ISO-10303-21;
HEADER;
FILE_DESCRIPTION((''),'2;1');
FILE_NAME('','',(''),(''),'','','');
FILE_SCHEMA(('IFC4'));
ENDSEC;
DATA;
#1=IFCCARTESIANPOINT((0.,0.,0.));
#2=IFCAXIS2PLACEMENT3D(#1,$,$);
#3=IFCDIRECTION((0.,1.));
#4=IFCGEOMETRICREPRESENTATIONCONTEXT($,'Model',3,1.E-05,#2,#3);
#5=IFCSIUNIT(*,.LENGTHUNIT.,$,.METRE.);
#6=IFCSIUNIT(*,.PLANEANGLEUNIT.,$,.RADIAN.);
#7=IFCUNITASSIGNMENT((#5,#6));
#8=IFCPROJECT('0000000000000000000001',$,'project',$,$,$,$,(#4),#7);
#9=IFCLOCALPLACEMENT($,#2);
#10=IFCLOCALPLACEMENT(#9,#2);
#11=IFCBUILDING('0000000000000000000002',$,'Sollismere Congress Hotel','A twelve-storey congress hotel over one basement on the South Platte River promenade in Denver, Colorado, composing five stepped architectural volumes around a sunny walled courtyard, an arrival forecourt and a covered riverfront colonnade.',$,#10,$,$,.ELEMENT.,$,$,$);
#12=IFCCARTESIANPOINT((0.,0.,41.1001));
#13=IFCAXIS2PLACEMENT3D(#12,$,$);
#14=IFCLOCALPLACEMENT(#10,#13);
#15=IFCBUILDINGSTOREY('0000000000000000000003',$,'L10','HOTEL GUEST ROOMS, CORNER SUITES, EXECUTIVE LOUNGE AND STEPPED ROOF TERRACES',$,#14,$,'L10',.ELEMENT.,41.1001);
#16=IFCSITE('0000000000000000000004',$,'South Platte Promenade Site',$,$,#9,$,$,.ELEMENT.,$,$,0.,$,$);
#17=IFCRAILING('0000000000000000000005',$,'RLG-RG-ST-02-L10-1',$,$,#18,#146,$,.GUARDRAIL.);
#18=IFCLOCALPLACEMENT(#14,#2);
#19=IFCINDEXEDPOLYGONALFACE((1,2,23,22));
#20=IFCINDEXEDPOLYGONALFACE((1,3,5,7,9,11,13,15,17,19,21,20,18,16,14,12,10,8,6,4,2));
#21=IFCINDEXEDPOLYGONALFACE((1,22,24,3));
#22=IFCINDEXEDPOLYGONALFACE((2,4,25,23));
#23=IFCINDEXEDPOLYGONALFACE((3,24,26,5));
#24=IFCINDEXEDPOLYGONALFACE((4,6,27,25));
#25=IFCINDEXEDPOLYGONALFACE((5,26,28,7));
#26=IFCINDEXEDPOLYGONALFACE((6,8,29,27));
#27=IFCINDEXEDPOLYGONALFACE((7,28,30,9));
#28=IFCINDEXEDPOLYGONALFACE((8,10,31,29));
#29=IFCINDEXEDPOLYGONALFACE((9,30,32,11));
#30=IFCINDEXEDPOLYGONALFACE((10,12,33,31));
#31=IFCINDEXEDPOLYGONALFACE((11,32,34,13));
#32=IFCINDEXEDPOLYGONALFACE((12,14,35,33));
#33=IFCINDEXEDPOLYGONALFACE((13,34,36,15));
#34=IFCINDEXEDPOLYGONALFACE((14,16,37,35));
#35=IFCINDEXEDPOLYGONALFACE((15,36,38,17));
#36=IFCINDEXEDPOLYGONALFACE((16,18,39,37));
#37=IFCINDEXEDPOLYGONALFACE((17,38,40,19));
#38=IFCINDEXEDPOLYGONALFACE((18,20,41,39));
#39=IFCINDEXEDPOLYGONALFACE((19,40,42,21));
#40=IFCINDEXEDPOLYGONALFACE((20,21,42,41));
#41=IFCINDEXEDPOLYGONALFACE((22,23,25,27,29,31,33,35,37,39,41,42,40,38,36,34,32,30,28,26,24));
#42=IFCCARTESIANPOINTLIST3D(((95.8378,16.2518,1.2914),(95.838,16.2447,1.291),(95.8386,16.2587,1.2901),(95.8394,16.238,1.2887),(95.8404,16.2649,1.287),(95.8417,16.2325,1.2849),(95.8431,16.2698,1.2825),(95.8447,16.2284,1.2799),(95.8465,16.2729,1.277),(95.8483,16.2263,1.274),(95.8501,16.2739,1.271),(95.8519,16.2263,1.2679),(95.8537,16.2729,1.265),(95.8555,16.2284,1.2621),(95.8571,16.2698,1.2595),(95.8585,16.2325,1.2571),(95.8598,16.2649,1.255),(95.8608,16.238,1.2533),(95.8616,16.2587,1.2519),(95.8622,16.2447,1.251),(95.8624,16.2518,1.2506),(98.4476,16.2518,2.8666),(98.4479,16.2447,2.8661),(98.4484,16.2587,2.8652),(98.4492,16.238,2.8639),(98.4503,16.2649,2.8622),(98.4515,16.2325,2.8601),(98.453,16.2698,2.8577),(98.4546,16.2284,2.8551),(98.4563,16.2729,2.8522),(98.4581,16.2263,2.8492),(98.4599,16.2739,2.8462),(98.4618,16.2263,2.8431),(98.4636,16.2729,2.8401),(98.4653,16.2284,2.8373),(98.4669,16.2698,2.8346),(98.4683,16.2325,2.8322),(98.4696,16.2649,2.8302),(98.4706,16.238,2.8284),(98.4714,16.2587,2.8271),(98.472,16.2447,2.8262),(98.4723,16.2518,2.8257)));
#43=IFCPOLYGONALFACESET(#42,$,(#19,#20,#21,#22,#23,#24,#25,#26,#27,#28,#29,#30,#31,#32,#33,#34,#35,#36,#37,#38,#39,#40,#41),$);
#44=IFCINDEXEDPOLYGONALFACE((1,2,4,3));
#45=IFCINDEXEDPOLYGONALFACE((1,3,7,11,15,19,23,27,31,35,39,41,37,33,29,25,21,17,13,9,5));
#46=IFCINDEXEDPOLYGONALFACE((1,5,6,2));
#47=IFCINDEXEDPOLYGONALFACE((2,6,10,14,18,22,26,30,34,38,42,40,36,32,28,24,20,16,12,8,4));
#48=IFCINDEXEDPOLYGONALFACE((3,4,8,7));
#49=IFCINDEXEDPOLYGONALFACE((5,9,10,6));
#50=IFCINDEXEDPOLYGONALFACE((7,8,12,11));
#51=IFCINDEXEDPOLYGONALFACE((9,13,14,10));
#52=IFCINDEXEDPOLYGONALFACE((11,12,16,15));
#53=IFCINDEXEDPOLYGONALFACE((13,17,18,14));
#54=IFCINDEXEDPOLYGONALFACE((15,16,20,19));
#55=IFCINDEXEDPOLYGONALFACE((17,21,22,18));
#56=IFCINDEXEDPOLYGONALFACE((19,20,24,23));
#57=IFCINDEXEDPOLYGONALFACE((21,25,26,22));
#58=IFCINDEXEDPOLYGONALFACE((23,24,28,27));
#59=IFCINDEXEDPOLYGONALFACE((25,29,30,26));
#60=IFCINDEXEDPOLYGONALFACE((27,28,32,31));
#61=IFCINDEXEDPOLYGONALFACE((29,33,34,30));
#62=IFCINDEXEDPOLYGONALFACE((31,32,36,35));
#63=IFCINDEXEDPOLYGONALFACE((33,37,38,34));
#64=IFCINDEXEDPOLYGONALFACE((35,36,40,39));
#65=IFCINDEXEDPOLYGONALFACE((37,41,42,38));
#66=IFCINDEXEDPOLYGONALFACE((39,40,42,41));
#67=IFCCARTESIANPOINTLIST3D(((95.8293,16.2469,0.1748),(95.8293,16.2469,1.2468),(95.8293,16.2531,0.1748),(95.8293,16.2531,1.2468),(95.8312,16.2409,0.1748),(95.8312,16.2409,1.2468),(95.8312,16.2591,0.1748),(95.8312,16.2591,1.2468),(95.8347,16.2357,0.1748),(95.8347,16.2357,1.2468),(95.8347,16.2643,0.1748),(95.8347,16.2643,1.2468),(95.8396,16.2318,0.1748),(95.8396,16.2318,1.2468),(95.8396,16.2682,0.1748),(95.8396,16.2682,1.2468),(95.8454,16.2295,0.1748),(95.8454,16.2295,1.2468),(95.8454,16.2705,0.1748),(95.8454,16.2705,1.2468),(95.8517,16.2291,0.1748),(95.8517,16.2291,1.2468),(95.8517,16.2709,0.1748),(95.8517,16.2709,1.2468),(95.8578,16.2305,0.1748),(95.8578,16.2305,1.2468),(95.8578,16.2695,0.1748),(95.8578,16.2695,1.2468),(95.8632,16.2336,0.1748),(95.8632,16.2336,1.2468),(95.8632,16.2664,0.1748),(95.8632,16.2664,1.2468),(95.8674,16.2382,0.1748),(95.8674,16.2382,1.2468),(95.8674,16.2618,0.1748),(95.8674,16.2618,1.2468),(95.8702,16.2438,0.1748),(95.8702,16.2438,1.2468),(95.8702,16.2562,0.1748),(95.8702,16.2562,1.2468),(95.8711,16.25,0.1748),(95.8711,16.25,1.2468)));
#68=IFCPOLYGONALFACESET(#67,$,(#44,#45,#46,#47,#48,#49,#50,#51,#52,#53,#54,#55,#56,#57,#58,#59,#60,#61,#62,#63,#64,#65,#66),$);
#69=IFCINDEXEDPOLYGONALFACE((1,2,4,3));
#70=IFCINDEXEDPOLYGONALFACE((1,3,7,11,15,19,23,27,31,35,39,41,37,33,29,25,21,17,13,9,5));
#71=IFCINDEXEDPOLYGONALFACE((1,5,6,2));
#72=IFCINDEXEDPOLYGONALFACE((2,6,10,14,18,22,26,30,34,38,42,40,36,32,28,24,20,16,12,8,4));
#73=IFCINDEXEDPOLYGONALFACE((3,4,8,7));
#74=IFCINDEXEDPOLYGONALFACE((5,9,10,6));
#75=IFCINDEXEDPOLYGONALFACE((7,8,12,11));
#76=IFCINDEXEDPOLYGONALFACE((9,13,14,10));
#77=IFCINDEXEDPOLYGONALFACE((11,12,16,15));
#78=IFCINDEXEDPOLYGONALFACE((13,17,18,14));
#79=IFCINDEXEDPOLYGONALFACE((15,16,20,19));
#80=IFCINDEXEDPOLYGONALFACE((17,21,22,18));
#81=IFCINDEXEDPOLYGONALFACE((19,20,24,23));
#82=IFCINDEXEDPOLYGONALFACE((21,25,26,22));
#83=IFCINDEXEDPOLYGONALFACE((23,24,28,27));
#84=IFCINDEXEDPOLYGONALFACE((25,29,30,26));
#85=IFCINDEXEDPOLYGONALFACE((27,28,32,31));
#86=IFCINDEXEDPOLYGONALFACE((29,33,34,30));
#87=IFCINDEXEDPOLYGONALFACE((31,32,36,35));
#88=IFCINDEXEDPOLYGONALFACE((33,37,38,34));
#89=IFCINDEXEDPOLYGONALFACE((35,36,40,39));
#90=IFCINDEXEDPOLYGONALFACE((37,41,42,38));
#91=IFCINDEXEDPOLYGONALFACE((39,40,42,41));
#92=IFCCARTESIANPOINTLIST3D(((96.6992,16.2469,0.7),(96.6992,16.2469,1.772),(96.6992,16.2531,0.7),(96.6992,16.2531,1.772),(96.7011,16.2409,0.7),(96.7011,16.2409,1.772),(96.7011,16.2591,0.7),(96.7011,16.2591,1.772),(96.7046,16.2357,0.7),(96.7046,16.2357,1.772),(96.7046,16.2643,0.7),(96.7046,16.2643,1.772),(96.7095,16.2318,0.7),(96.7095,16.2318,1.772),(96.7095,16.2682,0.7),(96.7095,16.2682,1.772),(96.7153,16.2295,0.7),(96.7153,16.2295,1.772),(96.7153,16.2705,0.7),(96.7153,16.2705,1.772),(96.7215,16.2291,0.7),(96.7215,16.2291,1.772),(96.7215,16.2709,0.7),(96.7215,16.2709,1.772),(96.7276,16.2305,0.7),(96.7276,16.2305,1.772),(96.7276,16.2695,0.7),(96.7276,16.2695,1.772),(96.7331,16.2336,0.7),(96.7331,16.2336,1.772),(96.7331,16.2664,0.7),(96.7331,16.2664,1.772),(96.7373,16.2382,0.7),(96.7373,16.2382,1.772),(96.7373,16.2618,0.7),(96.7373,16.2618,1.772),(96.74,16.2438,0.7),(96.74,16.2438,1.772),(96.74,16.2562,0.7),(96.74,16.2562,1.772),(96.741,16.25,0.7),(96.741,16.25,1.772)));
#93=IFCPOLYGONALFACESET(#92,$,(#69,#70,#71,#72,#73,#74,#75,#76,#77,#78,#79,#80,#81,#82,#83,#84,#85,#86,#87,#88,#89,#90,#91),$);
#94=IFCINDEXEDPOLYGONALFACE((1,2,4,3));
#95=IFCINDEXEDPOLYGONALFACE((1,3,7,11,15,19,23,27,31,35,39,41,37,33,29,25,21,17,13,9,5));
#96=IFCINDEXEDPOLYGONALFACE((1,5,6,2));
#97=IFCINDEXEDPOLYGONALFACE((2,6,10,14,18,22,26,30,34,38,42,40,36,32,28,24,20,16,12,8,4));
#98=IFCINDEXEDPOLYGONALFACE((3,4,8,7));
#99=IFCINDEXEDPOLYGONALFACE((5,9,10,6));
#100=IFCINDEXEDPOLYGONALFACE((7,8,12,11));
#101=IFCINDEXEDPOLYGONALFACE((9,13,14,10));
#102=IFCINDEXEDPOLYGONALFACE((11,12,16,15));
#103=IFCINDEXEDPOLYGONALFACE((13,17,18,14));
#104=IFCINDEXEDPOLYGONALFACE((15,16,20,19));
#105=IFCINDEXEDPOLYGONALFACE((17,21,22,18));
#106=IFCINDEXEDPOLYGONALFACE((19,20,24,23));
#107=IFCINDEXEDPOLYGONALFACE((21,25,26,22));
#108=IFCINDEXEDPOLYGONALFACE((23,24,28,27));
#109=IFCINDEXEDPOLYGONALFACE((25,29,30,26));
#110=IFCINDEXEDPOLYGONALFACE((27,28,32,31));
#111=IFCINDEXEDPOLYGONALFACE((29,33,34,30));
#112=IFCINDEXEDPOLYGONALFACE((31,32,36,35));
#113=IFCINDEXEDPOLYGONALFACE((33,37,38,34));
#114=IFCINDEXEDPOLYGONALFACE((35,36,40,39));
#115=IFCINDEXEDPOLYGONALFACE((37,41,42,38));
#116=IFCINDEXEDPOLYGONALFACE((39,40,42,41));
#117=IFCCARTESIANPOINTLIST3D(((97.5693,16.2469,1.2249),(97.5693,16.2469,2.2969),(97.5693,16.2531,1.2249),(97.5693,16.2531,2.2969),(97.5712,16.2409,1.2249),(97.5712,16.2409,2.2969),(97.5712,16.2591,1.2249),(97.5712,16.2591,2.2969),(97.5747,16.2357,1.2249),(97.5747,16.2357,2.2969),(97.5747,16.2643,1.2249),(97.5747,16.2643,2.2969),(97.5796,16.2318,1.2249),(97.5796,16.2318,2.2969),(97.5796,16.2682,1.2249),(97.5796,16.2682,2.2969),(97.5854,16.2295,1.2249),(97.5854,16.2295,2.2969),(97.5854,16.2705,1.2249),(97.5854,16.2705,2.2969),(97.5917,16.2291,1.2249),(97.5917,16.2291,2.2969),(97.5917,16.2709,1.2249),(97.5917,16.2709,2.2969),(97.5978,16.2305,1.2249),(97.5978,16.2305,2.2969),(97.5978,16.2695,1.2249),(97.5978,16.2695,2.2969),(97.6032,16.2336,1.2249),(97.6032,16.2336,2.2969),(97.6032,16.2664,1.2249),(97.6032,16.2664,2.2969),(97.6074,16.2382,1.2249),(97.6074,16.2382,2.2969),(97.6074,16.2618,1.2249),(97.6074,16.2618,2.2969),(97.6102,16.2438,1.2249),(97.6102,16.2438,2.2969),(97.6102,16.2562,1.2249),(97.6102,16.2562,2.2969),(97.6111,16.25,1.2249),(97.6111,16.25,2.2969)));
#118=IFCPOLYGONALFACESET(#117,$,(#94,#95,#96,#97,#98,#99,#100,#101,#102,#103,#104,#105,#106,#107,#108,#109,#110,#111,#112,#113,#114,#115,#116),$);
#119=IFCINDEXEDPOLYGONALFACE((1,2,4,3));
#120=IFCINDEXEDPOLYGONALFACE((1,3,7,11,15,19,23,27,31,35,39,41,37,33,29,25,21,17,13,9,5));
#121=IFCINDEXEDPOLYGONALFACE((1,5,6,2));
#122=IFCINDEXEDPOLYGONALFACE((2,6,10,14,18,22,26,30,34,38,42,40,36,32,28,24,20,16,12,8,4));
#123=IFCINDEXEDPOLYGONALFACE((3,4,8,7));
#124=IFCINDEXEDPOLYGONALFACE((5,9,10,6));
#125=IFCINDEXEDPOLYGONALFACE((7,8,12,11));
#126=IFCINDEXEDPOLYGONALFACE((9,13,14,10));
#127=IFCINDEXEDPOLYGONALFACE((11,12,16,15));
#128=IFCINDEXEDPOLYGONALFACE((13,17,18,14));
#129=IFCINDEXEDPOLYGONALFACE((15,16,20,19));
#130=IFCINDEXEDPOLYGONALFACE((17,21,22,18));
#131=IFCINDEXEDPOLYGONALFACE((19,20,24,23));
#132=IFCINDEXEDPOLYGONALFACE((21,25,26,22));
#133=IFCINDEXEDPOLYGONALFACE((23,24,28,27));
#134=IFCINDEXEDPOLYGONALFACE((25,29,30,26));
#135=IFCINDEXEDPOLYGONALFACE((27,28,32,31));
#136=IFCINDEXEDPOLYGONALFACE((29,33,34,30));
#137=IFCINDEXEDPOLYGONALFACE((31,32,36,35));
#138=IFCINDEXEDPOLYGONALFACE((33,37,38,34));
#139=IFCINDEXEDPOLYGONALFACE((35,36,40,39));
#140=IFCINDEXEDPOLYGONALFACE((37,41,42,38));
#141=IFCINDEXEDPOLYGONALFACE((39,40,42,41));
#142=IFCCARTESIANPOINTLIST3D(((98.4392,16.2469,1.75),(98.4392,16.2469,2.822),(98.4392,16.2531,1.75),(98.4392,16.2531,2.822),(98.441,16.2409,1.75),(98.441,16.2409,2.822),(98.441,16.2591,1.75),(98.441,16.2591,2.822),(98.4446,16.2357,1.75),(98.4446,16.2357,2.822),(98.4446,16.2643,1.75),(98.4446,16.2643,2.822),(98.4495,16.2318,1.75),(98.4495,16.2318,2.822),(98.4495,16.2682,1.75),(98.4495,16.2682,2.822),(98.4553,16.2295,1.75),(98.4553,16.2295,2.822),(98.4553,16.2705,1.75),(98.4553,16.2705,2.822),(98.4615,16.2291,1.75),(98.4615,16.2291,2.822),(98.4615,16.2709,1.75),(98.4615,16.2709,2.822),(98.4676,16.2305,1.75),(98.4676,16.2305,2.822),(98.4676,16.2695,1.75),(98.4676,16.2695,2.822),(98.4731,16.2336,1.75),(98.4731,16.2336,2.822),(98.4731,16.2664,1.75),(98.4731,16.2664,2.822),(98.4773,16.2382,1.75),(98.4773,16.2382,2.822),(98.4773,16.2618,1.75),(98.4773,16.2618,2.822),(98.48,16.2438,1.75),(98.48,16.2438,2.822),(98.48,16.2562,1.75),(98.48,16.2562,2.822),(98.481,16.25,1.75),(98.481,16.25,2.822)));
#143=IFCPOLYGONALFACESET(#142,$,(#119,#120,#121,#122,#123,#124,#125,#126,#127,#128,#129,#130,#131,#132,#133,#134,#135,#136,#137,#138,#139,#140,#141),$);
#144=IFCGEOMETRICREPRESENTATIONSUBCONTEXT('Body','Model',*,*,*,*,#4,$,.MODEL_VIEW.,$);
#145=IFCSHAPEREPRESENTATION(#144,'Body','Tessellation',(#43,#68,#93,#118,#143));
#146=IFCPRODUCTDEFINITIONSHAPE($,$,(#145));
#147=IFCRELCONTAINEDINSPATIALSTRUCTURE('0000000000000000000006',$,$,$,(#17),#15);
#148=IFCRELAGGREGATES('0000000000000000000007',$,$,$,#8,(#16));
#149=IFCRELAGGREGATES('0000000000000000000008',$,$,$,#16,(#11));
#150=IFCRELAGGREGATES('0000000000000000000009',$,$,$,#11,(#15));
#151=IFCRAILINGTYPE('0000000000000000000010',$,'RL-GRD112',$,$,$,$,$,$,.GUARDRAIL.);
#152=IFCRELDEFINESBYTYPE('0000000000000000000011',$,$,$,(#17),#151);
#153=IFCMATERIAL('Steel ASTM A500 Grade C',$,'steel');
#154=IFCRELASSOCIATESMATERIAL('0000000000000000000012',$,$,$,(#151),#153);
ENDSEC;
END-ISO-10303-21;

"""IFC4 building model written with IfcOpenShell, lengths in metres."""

from ifc_helpers import new_model, si_unit, direction, frame, origin, origin_2d, place, context, subcontext, project, spatial, circle, extrude, material, type_object, element, save


model = new_model("IFC4")

# Units and contexts
model_context = context("Model", 3, precision=1e-05, world=origin(), true_north=direction((0.0, 1.0)))
body_context = subcontext(model_context, "Body", "Model", "MODEL_VIEW")
ifc_project = project(units=[si_unit("LENGTHUNIT", "METRE"), si_unit("PLANEANGLEUNIT", "RADIAN")], contexts=[model_context])

# Site, building, storey
site_placement = place(None, origin())
site = spatial("IfcSite", under=ifc_project, at=site_placement, Name="South Platte Promenade Site", CompositionType="ELEMENT", RefElevation=0.0)
building_placement = place(site_placement, origin())
building = spatial("IfcBuilding", under=site, at=building_placement, Name="Sollismere Congress Hotel", Description="A twelve-storey congress hotel over one basement on the South Platte River promenade in Denver, Colorado, composing five stepped architectural volumes around a sunny walled courtyard, an arrival forecourt and a covered riverfront colonnade.", CompositionType="ELEMENT")
storey_placement = place(building_placement, frame((0.0, 0.0, 41.1001)))
storey = spatial("IfcBuildingStorey", under=building, at=storey_placement, Name="L10", Description="HOTEL GUEST ROOMS, CORNER SUITES, EXECUTIVE LOUNGE AND STEPPED ROOF TERRACES", LongName="L10", CompositionType="ELEMENT", Elevation=41.1001)

# Shared definitions
ifc_material_1 = material(Name="Steel ASTM A500 Grade C", Category="steel")

# Railing
railing_type_1 = type_object("IfcRailingType", Name="RL-GRD112", PredefinedType="GUARDRAIL", material=ifc_material_1)
railing_1_placement = place(storey_placement, frame((95.8501, 16.25, 0.1748)))
element("IfcRailing", 1, at=railing_1_placement, inside=storey, type_object=railing_type_1, Name="RLG-RG-ST-02-L10-1", PredefinedType="GUARDRAIL", context=body_context, shape_type="SweptSolid", body=[
    extrude(circle(Radius=0.0239, at=origin_2d()), frame((0.0, 0.0, 1.0962), z_axis=(0.856147, 0.0, 0.516732), x_axis=(0.0, 1.0, 0.0)), (0.0, 0.0, 1.0), 3.0483),
    extrude(circle(Radius=0.021, at=origin_2d()), origin(), (0.0, 0.0, 1.0), 1.072),
    extrude(circle(Radius=0.021, at=origin_2d()), frame((0.8699, 0.0, 0.5251)), (0.0, 0.0, 1.0), 1.072),
    extrude(circle(Radius=0.021, at=origin_2d()), frame((1.74, 0.0, 1.05)), (0.0, 0.0, 1.0), 1.072),
    extrude(circle(Radius=0.021, at=origin_2d()), frame((2.6099, 0.0, 1.5752)), (0.0, 0.0, 1.0), 1.072),
])

save(model, "model.ifc")
